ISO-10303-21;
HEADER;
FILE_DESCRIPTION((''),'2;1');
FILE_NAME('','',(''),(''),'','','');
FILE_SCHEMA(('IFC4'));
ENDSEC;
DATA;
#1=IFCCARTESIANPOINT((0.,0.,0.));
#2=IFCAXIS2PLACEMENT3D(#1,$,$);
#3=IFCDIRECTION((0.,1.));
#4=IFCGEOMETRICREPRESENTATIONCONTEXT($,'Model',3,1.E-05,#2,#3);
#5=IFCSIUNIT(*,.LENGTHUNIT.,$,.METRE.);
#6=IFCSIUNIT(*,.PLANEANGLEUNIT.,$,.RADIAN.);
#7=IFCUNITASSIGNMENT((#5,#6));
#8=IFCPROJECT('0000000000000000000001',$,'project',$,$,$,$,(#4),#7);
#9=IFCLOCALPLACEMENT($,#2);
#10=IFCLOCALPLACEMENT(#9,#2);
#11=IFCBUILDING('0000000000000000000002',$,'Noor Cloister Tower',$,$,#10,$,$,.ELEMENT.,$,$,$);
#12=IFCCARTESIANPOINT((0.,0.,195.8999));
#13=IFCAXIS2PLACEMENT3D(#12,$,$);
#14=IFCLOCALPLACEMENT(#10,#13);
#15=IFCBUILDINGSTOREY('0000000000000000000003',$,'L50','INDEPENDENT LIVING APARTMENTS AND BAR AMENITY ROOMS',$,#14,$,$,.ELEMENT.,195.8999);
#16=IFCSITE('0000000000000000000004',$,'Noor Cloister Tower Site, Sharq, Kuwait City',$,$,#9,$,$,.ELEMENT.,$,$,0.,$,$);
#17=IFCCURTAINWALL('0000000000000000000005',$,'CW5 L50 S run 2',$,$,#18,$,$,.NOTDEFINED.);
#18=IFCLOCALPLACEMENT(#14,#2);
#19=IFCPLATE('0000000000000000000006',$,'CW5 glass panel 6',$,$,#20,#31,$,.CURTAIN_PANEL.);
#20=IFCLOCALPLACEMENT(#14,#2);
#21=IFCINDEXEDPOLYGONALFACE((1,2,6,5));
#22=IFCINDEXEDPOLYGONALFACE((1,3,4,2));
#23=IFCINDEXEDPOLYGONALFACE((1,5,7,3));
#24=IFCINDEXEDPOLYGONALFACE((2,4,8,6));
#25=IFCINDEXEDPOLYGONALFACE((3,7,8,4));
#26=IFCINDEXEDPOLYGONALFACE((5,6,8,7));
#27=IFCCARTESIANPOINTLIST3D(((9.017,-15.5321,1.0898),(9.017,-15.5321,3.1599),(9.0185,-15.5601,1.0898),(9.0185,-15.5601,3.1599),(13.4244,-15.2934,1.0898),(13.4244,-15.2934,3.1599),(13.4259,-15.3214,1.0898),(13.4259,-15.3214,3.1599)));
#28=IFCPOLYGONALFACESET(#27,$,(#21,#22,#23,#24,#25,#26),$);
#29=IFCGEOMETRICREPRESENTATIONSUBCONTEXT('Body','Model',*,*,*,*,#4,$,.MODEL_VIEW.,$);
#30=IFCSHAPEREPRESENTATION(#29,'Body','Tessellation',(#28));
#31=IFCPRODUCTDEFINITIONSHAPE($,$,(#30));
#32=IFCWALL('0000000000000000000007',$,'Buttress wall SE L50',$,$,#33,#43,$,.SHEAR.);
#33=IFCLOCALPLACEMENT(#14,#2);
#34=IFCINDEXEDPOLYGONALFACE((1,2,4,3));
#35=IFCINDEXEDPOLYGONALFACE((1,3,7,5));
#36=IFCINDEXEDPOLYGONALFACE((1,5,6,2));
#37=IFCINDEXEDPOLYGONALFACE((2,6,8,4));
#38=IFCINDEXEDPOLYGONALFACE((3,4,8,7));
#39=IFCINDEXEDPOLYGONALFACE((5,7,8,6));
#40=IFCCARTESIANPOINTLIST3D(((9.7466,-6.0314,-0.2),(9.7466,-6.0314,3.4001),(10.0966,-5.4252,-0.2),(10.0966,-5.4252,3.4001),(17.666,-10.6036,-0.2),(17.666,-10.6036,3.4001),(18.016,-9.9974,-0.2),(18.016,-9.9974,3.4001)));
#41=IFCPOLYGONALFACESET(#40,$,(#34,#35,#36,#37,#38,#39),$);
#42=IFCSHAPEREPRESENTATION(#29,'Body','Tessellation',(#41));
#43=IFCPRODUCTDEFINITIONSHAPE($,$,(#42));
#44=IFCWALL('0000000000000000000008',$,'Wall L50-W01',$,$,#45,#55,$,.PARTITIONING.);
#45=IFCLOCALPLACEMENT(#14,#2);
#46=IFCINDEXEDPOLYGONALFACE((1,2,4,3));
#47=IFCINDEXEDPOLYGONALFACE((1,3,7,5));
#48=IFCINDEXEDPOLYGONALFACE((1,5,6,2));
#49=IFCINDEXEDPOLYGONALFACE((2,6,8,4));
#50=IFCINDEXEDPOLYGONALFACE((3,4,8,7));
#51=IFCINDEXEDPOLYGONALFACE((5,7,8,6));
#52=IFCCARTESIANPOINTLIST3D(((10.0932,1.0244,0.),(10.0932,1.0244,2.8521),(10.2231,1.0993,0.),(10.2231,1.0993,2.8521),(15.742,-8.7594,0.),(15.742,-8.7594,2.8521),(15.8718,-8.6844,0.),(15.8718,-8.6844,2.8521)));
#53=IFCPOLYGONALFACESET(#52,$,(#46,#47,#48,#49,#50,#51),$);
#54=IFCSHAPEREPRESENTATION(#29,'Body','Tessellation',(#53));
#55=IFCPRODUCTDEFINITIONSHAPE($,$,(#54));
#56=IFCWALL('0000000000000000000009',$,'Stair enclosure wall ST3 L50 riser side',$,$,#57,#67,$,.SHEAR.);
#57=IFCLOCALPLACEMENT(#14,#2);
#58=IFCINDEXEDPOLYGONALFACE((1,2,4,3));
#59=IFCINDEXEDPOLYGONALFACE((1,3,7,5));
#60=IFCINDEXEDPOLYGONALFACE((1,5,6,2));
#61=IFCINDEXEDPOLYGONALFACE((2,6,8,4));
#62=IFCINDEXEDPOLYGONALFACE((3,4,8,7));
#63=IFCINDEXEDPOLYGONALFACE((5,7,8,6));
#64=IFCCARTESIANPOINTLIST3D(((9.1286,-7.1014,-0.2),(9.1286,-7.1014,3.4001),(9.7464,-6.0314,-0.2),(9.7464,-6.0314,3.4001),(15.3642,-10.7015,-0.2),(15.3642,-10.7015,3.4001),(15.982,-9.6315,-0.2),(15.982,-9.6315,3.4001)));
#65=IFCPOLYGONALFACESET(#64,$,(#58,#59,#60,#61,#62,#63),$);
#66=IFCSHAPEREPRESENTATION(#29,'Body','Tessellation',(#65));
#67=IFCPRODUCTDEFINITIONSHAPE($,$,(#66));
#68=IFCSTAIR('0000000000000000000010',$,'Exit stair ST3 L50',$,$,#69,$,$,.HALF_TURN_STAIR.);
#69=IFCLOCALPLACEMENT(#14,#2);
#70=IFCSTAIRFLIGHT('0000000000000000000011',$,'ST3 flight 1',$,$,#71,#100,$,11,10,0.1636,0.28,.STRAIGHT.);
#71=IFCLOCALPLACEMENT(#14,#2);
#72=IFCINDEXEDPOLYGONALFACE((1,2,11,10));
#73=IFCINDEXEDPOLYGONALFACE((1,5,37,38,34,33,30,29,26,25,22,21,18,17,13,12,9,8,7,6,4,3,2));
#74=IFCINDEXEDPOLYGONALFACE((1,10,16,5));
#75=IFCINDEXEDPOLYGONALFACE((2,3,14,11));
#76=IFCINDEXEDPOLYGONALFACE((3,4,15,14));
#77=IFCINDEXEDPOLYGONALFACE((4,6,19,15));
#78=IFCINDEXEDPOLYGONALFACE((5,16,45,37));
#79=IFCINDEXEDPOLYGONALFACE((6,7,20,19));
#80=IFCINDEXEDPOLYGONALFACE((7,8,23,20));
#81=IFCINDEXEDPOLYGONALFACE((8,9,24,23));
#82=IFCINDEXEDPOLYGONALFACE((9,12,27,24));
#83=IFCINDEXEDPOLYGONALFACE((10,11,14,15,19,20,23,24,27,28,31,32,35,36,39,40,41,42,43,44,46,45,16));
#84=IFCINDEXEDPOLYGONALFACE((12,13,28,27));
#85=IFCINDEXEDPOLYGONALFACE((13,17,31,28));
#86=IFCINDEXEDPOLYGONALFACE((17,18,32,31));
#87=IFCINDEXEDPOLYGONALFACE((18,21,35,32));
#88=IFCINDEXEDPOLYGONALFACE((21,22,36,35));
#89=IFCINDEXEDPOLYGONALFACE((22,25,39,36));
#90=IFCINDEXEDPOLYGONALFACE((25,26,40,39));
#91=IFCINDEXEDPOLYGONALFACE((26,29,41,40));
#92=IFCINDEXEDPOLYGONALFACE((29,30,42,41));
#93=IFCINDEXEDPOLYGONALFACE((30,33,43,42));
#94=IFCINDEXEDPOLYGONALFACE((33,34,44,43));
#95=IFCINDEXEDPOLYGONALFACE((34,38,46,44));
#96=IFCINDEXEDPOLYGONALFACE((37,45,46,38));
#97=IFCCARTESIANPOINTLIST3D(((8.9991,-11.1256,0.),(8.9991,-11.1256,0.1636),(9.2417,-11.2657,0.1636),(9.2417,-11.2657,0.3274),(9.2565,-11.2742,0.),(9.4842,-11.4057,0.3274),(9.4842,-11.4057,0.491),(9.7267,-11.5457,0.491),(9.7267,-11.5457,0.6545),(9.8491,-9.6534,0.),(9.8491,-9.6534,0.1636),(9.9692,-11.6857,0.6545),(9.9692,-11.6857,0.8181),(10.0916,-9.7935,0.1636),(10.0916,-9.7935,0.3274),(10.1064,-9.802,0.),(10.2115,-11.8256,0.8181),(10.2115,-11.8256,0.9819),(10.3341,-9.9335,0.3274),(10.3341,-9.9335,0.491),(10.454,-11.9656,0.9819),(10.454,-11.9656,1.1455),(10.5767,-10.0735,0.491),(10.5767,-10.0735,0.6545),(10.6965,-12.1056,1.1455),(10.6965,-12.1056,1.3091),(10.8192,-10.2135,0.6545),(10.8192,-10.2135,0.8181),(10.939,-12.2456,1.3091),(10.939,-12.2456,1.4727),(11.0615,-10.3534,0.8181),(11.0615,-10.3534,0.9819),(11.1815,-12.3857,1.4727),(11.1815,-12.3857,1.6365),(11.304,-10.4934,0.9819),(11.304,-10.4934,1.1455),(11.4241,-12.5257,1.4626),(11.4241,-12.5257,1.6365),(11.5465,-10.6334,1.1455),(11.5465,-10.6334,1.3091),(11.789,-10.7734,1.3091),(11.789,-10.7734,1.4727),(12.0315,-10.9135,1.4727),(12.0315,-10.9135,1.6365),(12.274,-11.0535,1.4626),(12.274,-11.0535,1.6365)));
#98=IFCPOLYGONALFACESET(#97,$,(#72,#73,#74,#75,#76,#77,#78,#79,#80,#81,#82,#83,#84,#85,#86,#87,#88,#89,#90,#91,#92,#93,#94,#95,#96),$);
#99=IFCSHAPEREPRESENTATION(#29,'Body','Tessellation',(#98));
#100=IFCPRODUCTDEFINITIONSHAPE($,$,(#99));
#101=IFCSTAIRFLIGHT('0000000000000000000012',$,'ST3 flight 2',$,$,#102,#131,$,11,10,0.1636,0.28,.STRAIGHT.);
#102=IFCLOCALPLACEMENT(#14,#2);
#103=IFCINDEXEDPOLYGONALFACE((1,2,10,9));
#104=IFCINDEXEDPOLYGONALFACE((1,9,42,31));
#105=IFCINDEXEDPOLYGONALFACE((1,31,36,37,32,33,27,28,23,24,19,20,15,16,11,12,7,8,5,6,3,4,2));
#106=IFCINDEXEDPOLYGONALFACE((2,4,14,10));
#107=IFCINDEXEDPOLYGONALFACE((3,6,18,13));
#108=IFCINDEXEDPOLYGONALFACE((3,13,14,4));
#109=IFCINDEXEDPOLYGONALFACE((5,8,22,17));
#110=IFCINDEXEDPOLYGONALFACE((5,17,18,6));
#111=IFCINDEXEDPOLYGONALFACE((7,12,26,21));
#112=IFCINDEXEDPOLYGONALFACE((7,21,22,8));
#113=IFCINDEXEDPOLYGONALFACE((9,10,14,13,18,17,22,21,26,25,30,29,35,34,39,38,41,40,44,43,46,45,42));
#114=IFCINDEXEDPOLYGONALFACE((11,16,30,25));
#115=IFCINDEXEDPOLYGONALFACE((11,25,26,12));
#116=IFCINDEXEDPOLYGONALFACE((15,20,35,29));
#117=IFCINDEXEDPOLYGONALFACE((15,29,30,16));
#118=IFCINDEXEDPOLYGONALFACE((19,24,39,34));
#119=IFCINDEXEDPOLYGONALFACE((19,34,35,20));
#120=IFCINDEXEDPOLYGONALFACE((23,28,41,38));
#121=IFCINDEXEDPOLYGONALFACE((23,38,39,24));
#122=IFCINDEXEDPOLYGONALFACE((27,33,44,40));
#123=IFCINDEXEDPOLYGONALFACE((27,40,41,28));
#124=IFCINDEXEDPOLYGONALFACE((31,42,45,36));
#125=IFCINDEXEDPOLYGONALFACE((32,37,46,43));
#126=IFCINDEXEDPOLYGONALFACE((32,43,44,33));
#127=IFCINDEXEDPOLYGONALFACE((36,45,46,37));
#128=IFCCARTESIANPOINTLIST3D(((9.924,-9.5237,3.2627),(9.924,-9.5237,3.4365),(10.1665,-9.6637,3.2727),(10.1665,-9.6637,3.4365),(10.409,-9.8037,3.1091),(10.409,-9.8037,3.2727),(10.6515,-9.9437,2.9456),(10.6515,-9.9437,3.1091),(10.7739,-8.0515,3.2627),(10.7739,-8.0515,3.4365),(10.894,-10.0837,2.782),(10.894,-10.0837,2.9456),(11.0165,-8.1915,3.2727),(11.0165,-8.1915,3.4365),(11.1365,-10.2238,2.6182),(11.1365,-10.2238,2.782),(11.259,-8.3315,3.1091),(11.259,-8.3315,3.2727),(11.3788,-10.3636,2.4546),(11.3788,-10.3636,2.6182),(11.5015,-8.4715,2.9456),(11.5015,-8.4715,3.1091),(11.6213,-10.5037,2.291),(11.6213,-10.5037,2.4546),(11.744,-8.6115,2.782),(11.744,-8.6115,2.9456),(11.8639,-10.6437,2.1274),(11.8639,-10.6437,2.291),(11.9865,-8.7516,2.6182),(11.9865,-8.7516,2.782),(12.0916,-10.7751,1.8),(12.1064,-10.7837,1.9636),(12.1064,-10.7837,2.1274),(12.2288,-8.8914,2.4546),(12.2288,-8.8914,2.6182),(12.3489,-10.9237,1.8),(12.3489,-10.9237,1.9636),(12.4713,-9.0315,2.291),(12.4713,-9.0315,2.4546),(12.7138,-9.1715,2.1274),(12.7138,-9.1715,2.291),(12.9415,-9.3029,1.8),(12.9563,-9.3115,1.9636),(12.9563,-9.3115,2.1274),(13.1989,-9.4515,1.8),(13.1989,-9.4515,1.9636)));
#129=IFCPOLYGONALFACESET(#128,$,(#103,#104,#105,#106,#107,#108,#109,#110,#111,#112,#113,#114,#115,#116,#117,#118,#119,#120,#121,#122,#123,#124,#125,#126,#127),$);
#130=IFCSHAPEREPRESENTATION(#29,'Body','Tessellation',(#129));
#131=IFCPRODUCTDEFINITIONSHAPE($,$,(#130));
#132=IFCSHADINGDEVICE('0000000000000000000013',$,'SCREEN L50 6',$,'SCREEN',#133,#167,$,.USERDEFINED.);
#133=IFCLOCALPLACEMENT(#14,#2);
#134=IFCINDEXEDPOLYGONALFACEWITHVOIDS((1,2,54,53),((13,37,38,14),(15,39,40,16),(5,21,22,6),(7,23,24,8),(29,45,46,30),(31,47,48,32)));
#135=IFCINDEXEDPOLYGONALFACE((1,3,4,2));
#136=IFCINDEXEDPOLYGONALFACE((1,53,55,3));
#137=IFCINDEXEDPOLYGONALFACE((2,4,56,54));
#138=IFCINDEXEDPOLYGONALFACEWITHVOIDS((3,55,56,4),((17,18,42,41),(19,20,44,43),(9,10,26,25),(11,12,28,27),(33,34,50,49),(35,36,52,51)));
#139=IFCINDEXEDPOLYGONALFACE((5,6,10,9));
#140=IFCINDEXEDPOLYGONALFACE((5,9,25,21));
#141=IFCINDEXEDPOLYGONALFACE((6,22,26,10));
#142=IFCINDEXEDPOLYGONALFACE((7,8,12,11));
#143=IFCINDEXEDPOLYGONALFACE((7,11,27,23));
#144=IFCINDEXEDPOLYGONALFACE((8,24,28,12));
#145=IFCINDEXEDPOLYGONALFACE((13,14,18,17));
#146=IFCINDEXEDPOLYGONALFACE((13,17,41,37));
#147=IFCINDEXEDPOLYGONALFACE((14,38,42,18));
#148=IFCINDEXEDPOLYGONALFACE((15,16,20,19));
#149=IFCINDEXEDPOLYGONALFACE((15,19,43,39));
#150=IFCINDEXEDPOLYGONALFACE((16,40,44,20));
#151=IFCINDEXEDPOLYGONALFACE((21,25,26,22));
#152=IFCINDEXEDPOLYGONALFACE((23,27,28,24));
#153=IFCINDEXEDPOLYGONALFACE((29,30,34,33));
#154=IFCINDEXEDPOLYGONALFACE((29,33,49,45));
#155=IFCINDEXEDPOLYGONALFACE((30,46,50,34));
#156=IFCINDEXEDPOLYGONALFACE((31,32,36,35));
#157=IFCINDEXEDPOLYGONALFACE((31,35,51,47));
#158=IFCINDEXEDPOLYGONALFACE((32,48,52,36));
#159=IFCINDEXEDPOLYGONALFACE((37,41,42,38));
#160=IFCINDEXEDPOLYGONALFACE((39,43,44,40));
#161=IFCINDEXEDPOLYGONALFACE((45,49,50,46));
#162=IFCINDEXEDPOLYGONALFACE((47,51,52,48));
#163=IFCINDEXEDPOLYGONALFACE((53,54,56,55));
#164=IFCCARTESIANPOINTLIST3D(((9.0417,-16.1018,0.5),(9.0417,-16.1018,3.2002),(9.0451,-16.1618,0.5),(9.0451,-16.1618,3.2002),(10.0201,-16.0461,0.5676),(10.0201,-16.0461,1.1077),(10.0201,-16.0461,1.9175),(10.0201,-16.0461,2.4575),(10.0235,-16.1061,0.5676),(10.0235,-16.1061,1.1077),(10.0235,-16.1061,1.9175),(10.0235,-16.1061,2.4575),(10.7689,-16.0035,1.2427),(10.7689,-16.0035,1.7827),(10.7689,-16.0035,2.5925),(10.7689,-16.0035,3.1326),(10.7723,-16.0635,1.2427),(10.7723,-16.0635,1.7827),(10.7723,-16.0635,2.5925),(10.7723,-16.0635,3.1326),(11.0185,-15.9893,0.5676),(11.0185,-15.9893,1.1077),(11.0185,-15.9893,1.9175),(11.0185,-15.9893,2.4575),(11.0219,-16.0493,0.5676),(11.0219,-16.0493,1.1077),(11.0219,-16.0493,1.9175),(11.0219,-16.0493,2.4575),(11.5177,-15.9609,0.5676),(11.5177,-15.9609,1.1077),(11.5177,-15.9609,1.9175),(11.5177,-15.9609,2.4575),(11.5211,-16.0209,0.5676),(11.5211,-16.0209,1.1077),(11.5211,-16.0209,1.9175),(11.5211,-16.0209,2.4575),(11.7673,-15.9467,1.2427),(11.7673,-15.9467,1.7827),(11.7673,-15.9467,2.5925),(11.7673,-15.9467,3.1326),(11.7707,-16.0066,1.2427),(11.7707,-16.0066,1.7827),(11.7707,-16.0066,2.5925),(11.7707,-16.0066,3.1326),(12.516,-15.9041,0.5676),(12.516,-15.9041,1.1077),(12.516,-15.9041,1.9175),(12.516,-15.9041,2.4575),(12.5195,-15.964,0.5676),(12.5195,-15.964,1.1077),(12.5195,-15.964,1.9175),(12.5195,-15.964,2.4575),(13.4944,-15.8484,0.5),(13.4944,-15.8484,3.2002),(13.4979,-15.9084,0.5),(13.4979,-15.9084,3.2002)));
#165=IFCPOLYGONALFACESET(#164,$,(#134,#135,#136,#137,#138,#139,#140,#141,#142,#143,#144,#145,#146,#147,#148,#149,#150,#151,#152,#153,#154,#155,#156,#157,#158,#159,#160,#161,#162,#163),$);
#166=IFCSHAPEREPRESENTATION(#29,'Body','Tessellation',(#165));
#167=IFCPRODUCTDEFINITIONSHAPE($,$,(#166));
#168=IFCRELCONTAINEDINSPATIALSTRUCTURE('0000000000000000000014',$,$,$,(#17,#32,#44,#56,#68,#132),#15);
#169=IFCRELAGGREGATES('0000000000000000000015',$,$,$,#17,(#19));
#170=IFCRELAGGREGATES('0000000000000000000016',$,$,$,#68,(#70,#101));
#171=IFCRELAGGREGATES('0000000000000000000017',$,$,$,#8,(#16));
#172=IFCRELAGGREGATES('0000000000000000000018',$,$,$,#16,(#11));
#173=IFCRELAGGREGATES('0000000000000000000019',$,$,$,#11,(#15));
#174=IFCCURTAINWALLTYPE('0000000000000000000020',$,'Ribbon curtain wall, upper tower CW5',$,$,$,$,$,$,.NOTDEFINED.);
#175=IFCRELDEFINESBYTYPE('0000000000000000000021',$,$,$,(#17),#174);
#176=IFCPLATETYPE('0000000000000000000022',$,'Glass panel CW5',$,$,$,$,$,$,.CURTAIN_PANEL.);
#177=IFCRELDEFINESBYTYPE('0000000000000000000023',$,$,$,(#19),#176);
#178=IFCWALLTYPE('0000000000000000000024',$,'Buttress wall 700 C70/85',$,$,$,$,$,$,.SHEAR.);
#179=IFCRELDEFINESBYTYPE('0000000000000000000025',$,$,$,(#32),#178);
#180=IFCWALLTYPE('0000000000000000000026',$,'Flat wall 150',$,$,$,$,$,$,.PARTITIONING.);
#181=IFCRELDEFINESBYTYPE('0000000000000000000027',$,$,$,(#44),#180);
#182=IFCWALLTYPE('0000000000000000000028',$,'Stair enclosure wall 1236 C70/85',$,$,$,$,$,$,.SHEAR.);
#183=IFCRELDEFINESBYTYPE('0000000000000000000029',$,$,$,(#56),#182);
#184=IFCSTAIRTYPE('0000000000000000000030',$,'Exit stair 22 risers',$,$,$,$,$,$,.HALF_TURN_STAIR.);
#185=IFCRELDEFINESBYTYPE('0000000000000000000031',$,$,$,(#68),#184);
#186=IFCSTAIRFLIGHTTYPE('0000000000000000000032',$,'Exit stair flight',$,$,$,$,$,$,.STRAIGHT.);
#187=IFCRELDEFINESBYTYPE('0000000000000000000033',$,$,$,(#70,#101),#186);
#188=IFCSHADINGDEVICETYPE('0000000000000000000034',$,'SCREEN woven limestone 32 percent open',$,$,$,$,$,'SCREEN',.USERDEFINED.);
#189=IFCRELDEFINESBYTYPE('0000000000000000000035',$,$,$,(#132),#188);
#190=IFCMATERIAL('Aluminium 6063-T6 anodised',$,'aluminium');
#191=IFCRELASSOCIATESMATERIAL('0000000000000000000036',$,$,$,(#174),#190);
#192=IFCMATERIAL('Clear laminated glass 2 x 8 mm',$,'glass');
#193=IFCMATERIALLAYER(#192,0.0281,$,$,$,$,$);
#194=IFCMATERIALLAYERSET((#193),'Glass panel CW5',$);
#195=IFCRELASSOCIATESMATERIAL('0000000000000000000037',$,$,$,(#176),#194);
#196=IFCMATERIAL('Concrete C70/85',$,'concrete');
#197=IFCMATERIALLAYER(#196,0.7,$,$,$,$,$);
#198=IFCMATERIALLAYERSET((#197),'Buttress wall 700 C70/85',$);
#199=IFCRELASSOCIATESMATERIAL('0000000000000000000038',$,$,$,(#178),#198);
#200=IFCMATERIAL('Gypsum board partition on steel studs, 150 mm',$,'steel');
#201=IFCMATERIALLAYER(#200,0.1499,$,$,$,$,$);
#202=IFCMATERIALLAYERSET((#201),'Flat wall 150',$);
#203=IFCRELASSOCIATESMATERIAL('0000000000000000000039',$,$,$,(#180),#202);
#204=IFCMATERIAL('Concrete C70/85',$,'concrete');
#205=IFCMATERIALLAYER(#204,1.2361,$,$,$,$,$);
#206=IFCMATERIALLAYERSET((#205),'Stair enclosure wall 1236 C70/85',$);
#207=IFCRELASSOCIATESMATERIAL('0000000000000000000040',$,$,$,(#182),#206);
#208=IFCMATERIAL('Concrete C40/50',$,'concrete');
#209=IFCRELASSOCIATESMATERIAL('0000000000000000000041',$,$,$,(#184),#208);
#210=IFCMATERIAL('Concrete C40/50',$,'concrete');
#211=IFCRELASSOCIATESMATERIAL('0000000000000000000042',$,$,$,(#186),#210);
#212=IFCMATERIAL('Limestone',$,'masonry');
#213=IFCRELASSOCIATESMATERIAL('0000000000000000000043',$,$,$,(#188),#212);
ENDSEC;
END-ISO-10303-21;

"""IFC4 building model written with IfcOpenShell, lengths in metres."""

from ifc_helpers import new_model, si_unit, direction, frame, frame_2d, origin, origin_2d, place, context, subcontext, project, spatial, polyline, rectangle, outline, extrude, material, layer, layer_set, material_profile, profile_set, type_object, element, aggregate, save


model = new_model("IFC4")

# Units and contexts
model_context = context("Model", 3, precision=1e-05, world=origin(), true_north=direction((0.0, 1.0)))
body_context = subcontext(model_context, "Body", "Model", "MODEL_VIEW")
ifc_project = project(units=[si_unit("LENGTHUNIT", "METRE"), si_unit("PLANEANGLEUNIT", "RADIAN")], contexts=[model_context])

# Site, building, storey
site_placement = place(None, origin())
site = spatial("IfcSite", under=ifc_project, at=site_placement, Name="Noor Cloister Tower Site, Sharq, Kuwait City", CompositionType="ELEMENT", RefElevation=0.0)
building_placement = place(site_placement, origin())
building = spatial("IfcBuilding", under=site, at=building_placement, Name="Noor Cloister Tower", CompositionType="ELEMENT")
storey_placement = place(building_placement, frame((0.0, 0.0, 195.8999)))
storey = spatial("IfcBuildingStorey", under=building, at=storey_placement, Name="L50", Description="INDEPENDENT LIVING APARTMENTS AND BAR AMENITY ROOMS", CompositionType="ELEMENT", Elevation=195.8999)

# Curtain wall
ifc_material_1 = material(Name="Aluminium 6063-T6 anodised", Category="aluminium")
curtain_wall_type = type_object("IfcCurtainWallType", Name="Ribbon curtain wall, upper tower CW5", PredefinedType="NOTDEFINED", material=ifc_material_1)
curtain_wall_placement = place(storey_placement, origin())
curtain_wall = element("IfcCurtainWall", 1, at=curtain_wall_placement, inside=storey, type_object=curtain_wall_type, Name="CW5 L50 S run 2", PredefinedType="NOTDEFINED")

# Plate
ifc_material_2 = material(Name="Clear laminated glass 2 x 8 mm", Category="glass")
ifc_layer_1 = layer(ifc_material_2, 0.0281)
ifc_layer_set_1 = layer_set([ifc_layer_1], Name="Glass panel CW5")
plate_type = type_object("IfcPlateType", Name="Glass panel CW5", PredefinedType="CURTAIN_PANEL", material=ifc_layer_set_1)
plate_placement = place(storey_placement, frame((11.2214, -15.4268, 1.0898), z_axis=(0.0, 0.0, 1.0), x_axis=(0.998537, 0.054074, 0.0)))
plate = element("IfcPlate", 2, at=plate_placement, type_object=plate_type, Name="CW5 glass panel 6", PredefinedType="CURTAIN_PANEL", context=body_context, shape_type="SweptSolid", body=[
    extrude(rectangle(XDim=4.4138, YDim=0.0281, at=origin_2d()), origin(), (0.0, 0.0, 1.0), 2.0701),
])
aggregate(curtain_wall, [plate])

# Walls
ifc_material_3 = material(Name="Concrete C70/85", Category="concrete")
ifc_layer_2 = layer(ifc_material_3, 0.7)
ifc_layer_set_2 = layer_set([ifc_layer_2], Name="Buttress wall 700 C70/85")
wall_type_1 = type_object("IfcWallType", Name="Buttress wall 700 C70/85", PredefinedType="SHEAR", material=ifc_layer_set_2)
wall_1_placement = place(storey_placement, frame((9.9216, -5.7283, -0.2), z_axis=(0.0, 0.0, 1.0), x_axis=(0.866026, -0.499998, 0.0)))
element("IfcWall", 3, at=wall_1_placement, inside=storey, type_object=wall_type_1, Name="Buttress wall SE L50", PredefinedType="SHEAR", context=body_context, shape_type="SweptSolid", body=[
    extrude(rectangle(XDim=9.1445, YDim=0.7, at=frame_2d((4.5723, 0.0))), origin(), (0.0, 0.0, 1.0), 3.6001),
])
ifc_material_4 = material(Name="Gypsum board partition on steel studs, 150 mm", Category="steel")
ifc_layer_3 = layer(ifc_material_4, 0.1499)
ifc_layer_set_3 = layer_set([ifc_layer_3], Name="Flat wall 150")
wall_type_2 = type_object("IfcWallType", Name="Flat wall 150", PredefinedType="PARTITIONING", material=ifc_layer_set_3)
wall_2_placement = place(storey_placement, frame((15.8069, -8.7219, 0.0), z_axis=(0.0, 0.0, 1.0), x_axis=(-0.500004, 0.866023, 0.0)))
element("IfcWall", 4, at=wall_2_placement, inside=storey, type_object=wall_type_2, Name="Wall L50-W01", PredefinedType="PARTITIONING", context=body_context, shape_type="SweptSolid", body=[
    extrude(rectangle(XDim=11.2974, YDim=0.1499, at=frame_2d((5.6487, 0.0))), origin(), (0.0, 0.0, 1.0), 2.8521),
])
ifc_material_5 = material(Name="Concrete C70/85", Category="concrete")
ifc_layer_4 = layer(ifc_material_5, 1.2361)
ifc_layer_set_4 = layer_set([ifc_layer_4], Name="Stair enclosure wall 1236 C70/85")
wall_type_3 = type_object("IfcWallType", Name="Stair enclosure wall 1236 C70/85", PredefinedType="SHEAR", material=ifc_layer_set_4)
wall_3_placement = place(storey_placement, frame((9.4375, -6.5664, -0.2), z_axis=(0.0, 0.0, 1.0), x_axis=(0.866027, -0.499997, 0.0)))
element("IfcWall", 5, at=wall_3_placement, inside=storey, type_object=wall_type_3, Name="Stair enclosure wall ST3 L50 riser side", PredefinedType="SHEAR", context=body_context, shape_type="SweptSolid", body=[
    extrude(rectangle(XDim=7.2002, YDim=1.2356, at=frame_2d((3.6001, 0.0))), origin(), (0.0, 0.0, 1.0), 3.6001),
])

# Stair, stair flights
ifc_material_6 = material(Name="Concrete C40/50", Category="concrete")
stair_type = type_object("IfcStairType", Name="Exit stair 22 risers", PredefinedType="HALF_TURN_STAIR", material=ifc_material_6)
stair_placement = place(storey_placement, origin())
stair = element("IfcStair", 6, at=stair_placement, inside=storey, type_object=stair_type, Name="Exit stair ST3 L50", PredefinedType="HALF_TURN_STAIR")
ifc_material_7 = material(Name="Concrete C40/50", Category="concrete")
stair_flight_type = type_object("IfcStairFlightType", Name="Exit stair flight", PredefinedType="STRAIGHT", material=ifc_material_7)
stair_flight_1_placement = place(storey_placement, frame((9.4241, -10.3896, 0.0), z_axis=(0.0, 0.0, 1.0), x_axis=(0.866025, -0.5, 0.0)))
stair_flight_1 = element("IfcStairFlight", 7, at=stair_flight_1_placement, type_object=stair_flight_type, Name="ST3 flight 1", NumberOfRisers=11, NumberOfTreads=10, PredefinedType="STRAIGHT", RiserHeight=0.1636, TreadLength=0.28, context=body_context, shape_type="SweptSolid", body=[
    extrude(outline(polyline([(0.0, 0.0), (0.0, 0.1636), (0.28, 0.1636), (0.28, 0.3274), (0.5601, 0.3274), (0.5601, 0.491), (0.8401, 0.491), (0.8401, 0.6545), (1.1201, 0.6545), (1.1201, 0.8181), (1.3999, 0.8181), (1.3999, 0.9819), (1.6799, 0.9819), (1.6799, 1.1455), (1.96, 1.1455), (1.96, 1.3091), (2.24, 1.3091), (2.24, 1.4727), (2.52, 1.4727), (2.52, 1.6365), (2.8, 1.6365), (2.8, 1.8), (2.8, 1.4626), (0.2971, 0.0), (0.0, 0.0)])), frame((0.0, 0.8501, 0.0), z_axis=(0.0, -1.0, 0.0), x_axis=(1.0, 0.0, 0.0)), (0.0, 0.0, 1.0), 1.7),
])
stair_flight_2_placement = place(storey_placement, frame((12.7739, -10.1875, 1.8), z_axis=(0.0, 0.0, 1.0), x_axis=(-0.866025, 0.5, 0.0)))
stair_flight_2 = element("IfcStairFlight", 8, at=stair_flight_2_placement, type_object=stair_flight_type, Name="ST3 flight 2", NumberOfRisers=11, NumberOfTreads=10, PredefinedType="STRAIGHT", RiserHeight=0.1636, TreadLength=0.28, context=body_context, shape_type="SweptSolid", body=[
    extrude(outline(polyline([(0.0, 0.0), (0.0, 0.1636), (0.28, 0.1636), (0.28, 0.3274), (0.5601, 0.3274), (0.5601, 0.491), (0.8401, 0.491), (0.8401, 0.6545), (1.1201, 0.6545), (1.1201, 0.8181), (1.3999, 0.8181), (1.3999, 0.9819), (1.6799, 0.9819), (1.6799, 1.1455), (1.96, 1.1455), (1.96, 1.3091), (2.24, 1.3091), (2.24, 1.4727), (2.52, 1.4727), (2.52, 1.6365), (2.8, 1.6365), (2.8, 1.8), (2.8, 1.4626), (0.2971, 0.0), (0.0, 0.0)])), frame((0.0, 0.8501, 0.0), z_axis=(0.0, -1.0, 0.0), x_axis=(1.0, 0.0, 0.0)), (0.0, 0.0, 1.0), 1.7),
])
aggregate(stair, [stair_flight_1, stair_flight_2])

# Shading device
ifc_material_8 = material(Name="Limestone", Category="masonry")
ifc_material_profile_1 = material_profile(ifc_material_8, outline(polyline([(-2.23, -1.3501), (2.23, -1.3501), (2.23, 1.3501), (-2.23, 1.3501), (-2.23, -1.3501)]), holes=[polyline([(-1.25, -1.2825), (-0.25, -1.2825), (-0.25, -0.7424), (-1.25, -0.7424), (-1.25, -1.2825)]), polyline([(0.25, -1.2825), (1.25, -1.2825), (1.25, -0.7424), (0.25, -0.7424), (0.25, -1.2825)]), polyline([(-0.5, -0.6074), (0.5, -0.6074), (0.5, -0.0674), (-0.5, -0.0674), (-0.5, -0.6074)]), polyline([(-1.25, 0.0674), (-0.25, 0.0674), (-0.25, 0.6074), (-1.25, 0.6074), (-1.25, 0.0674)]), polyline([(0.25, 0.0674), (1.25, 0.0674), (1.25, 0.6074), (0.25, 0.6074), (0.25, 0.0674)]), polyline([(-0.5, 0.7424), (0.5, 0.7424), (0.5, 1.2825), (-0.5, 1.2825), (-0.5, 0.7424)])]), Name="Woven screen 32 percent open")
ifc_profile_set_1 = profile_set([ifc_material_profile_1], Name="Limestone")
shading_device_type = type_object("IfcShadingDeviceType", Name="SCREEN woven limestone 32 percent open", ElementType="SCREEN", PredefinedType="USERDEFINED", material=ifc_profile_set_1)
shading_device_placement = place(storey_placement, frame((11.2681, -15.9751, 1.8501), z_axis=(0.056819, -0.998385, 0.0), x_axis=(0.998385, 0.056819, 0.0)))
element("IfcShadingDevice", 9, at=shading_device_placement, inside=storey, type_object=shading_device_type, Name="SCREEN L50 6", ObjectType="SCREEN", PredefinedType="USERDEFINED", context=body_context, shape_type="SweptSolid", body=[
    extrude(outline(polyline([(-2.23, -1.3501), (2.23, -1.3501), (2.23, 1.3501), (-2.23, 1.3501), (-2.23, -1.3501)]), holes=[polyline([(-1.25, -1.2825), (-0.25, -1.2825), (-0.25, -0.7424), (-1.25, -0.7424), (-1.25, -1.2825)]), polyline([(0.25, -1.2825), (1.25, -1.2825), (1.25, -0.7424), (0.25, -0.7424), (0.25, -1.2825)]), polyline([(-0.5, -0.6074), (0.5, -0.6074), (0.5, -0.0674), (-0.5, -0.0674), (-0.5, -0.6074)]), polyline([(-1.25, 0.0674), (-0.25, 0.0674), (-0.25, 0.6074), (-1.25, 0.6074), (-1.25, 0.0674)]), polyline([(0.25, 0.0674), (1.25, 0.0674), (1.25, 0.6074), (0.25, 0.6074), (0.25, 0.0674)]), polyline([(-0.5, 0.7424), (0.5, 0.7424), (0.5, 1.2825), (-0.5, 1.2825), (-0.5, 0.7424)])]), origin(), (0.0, 0.0, 1.0), 0.0601),
])

save(model, "model.ifc")
